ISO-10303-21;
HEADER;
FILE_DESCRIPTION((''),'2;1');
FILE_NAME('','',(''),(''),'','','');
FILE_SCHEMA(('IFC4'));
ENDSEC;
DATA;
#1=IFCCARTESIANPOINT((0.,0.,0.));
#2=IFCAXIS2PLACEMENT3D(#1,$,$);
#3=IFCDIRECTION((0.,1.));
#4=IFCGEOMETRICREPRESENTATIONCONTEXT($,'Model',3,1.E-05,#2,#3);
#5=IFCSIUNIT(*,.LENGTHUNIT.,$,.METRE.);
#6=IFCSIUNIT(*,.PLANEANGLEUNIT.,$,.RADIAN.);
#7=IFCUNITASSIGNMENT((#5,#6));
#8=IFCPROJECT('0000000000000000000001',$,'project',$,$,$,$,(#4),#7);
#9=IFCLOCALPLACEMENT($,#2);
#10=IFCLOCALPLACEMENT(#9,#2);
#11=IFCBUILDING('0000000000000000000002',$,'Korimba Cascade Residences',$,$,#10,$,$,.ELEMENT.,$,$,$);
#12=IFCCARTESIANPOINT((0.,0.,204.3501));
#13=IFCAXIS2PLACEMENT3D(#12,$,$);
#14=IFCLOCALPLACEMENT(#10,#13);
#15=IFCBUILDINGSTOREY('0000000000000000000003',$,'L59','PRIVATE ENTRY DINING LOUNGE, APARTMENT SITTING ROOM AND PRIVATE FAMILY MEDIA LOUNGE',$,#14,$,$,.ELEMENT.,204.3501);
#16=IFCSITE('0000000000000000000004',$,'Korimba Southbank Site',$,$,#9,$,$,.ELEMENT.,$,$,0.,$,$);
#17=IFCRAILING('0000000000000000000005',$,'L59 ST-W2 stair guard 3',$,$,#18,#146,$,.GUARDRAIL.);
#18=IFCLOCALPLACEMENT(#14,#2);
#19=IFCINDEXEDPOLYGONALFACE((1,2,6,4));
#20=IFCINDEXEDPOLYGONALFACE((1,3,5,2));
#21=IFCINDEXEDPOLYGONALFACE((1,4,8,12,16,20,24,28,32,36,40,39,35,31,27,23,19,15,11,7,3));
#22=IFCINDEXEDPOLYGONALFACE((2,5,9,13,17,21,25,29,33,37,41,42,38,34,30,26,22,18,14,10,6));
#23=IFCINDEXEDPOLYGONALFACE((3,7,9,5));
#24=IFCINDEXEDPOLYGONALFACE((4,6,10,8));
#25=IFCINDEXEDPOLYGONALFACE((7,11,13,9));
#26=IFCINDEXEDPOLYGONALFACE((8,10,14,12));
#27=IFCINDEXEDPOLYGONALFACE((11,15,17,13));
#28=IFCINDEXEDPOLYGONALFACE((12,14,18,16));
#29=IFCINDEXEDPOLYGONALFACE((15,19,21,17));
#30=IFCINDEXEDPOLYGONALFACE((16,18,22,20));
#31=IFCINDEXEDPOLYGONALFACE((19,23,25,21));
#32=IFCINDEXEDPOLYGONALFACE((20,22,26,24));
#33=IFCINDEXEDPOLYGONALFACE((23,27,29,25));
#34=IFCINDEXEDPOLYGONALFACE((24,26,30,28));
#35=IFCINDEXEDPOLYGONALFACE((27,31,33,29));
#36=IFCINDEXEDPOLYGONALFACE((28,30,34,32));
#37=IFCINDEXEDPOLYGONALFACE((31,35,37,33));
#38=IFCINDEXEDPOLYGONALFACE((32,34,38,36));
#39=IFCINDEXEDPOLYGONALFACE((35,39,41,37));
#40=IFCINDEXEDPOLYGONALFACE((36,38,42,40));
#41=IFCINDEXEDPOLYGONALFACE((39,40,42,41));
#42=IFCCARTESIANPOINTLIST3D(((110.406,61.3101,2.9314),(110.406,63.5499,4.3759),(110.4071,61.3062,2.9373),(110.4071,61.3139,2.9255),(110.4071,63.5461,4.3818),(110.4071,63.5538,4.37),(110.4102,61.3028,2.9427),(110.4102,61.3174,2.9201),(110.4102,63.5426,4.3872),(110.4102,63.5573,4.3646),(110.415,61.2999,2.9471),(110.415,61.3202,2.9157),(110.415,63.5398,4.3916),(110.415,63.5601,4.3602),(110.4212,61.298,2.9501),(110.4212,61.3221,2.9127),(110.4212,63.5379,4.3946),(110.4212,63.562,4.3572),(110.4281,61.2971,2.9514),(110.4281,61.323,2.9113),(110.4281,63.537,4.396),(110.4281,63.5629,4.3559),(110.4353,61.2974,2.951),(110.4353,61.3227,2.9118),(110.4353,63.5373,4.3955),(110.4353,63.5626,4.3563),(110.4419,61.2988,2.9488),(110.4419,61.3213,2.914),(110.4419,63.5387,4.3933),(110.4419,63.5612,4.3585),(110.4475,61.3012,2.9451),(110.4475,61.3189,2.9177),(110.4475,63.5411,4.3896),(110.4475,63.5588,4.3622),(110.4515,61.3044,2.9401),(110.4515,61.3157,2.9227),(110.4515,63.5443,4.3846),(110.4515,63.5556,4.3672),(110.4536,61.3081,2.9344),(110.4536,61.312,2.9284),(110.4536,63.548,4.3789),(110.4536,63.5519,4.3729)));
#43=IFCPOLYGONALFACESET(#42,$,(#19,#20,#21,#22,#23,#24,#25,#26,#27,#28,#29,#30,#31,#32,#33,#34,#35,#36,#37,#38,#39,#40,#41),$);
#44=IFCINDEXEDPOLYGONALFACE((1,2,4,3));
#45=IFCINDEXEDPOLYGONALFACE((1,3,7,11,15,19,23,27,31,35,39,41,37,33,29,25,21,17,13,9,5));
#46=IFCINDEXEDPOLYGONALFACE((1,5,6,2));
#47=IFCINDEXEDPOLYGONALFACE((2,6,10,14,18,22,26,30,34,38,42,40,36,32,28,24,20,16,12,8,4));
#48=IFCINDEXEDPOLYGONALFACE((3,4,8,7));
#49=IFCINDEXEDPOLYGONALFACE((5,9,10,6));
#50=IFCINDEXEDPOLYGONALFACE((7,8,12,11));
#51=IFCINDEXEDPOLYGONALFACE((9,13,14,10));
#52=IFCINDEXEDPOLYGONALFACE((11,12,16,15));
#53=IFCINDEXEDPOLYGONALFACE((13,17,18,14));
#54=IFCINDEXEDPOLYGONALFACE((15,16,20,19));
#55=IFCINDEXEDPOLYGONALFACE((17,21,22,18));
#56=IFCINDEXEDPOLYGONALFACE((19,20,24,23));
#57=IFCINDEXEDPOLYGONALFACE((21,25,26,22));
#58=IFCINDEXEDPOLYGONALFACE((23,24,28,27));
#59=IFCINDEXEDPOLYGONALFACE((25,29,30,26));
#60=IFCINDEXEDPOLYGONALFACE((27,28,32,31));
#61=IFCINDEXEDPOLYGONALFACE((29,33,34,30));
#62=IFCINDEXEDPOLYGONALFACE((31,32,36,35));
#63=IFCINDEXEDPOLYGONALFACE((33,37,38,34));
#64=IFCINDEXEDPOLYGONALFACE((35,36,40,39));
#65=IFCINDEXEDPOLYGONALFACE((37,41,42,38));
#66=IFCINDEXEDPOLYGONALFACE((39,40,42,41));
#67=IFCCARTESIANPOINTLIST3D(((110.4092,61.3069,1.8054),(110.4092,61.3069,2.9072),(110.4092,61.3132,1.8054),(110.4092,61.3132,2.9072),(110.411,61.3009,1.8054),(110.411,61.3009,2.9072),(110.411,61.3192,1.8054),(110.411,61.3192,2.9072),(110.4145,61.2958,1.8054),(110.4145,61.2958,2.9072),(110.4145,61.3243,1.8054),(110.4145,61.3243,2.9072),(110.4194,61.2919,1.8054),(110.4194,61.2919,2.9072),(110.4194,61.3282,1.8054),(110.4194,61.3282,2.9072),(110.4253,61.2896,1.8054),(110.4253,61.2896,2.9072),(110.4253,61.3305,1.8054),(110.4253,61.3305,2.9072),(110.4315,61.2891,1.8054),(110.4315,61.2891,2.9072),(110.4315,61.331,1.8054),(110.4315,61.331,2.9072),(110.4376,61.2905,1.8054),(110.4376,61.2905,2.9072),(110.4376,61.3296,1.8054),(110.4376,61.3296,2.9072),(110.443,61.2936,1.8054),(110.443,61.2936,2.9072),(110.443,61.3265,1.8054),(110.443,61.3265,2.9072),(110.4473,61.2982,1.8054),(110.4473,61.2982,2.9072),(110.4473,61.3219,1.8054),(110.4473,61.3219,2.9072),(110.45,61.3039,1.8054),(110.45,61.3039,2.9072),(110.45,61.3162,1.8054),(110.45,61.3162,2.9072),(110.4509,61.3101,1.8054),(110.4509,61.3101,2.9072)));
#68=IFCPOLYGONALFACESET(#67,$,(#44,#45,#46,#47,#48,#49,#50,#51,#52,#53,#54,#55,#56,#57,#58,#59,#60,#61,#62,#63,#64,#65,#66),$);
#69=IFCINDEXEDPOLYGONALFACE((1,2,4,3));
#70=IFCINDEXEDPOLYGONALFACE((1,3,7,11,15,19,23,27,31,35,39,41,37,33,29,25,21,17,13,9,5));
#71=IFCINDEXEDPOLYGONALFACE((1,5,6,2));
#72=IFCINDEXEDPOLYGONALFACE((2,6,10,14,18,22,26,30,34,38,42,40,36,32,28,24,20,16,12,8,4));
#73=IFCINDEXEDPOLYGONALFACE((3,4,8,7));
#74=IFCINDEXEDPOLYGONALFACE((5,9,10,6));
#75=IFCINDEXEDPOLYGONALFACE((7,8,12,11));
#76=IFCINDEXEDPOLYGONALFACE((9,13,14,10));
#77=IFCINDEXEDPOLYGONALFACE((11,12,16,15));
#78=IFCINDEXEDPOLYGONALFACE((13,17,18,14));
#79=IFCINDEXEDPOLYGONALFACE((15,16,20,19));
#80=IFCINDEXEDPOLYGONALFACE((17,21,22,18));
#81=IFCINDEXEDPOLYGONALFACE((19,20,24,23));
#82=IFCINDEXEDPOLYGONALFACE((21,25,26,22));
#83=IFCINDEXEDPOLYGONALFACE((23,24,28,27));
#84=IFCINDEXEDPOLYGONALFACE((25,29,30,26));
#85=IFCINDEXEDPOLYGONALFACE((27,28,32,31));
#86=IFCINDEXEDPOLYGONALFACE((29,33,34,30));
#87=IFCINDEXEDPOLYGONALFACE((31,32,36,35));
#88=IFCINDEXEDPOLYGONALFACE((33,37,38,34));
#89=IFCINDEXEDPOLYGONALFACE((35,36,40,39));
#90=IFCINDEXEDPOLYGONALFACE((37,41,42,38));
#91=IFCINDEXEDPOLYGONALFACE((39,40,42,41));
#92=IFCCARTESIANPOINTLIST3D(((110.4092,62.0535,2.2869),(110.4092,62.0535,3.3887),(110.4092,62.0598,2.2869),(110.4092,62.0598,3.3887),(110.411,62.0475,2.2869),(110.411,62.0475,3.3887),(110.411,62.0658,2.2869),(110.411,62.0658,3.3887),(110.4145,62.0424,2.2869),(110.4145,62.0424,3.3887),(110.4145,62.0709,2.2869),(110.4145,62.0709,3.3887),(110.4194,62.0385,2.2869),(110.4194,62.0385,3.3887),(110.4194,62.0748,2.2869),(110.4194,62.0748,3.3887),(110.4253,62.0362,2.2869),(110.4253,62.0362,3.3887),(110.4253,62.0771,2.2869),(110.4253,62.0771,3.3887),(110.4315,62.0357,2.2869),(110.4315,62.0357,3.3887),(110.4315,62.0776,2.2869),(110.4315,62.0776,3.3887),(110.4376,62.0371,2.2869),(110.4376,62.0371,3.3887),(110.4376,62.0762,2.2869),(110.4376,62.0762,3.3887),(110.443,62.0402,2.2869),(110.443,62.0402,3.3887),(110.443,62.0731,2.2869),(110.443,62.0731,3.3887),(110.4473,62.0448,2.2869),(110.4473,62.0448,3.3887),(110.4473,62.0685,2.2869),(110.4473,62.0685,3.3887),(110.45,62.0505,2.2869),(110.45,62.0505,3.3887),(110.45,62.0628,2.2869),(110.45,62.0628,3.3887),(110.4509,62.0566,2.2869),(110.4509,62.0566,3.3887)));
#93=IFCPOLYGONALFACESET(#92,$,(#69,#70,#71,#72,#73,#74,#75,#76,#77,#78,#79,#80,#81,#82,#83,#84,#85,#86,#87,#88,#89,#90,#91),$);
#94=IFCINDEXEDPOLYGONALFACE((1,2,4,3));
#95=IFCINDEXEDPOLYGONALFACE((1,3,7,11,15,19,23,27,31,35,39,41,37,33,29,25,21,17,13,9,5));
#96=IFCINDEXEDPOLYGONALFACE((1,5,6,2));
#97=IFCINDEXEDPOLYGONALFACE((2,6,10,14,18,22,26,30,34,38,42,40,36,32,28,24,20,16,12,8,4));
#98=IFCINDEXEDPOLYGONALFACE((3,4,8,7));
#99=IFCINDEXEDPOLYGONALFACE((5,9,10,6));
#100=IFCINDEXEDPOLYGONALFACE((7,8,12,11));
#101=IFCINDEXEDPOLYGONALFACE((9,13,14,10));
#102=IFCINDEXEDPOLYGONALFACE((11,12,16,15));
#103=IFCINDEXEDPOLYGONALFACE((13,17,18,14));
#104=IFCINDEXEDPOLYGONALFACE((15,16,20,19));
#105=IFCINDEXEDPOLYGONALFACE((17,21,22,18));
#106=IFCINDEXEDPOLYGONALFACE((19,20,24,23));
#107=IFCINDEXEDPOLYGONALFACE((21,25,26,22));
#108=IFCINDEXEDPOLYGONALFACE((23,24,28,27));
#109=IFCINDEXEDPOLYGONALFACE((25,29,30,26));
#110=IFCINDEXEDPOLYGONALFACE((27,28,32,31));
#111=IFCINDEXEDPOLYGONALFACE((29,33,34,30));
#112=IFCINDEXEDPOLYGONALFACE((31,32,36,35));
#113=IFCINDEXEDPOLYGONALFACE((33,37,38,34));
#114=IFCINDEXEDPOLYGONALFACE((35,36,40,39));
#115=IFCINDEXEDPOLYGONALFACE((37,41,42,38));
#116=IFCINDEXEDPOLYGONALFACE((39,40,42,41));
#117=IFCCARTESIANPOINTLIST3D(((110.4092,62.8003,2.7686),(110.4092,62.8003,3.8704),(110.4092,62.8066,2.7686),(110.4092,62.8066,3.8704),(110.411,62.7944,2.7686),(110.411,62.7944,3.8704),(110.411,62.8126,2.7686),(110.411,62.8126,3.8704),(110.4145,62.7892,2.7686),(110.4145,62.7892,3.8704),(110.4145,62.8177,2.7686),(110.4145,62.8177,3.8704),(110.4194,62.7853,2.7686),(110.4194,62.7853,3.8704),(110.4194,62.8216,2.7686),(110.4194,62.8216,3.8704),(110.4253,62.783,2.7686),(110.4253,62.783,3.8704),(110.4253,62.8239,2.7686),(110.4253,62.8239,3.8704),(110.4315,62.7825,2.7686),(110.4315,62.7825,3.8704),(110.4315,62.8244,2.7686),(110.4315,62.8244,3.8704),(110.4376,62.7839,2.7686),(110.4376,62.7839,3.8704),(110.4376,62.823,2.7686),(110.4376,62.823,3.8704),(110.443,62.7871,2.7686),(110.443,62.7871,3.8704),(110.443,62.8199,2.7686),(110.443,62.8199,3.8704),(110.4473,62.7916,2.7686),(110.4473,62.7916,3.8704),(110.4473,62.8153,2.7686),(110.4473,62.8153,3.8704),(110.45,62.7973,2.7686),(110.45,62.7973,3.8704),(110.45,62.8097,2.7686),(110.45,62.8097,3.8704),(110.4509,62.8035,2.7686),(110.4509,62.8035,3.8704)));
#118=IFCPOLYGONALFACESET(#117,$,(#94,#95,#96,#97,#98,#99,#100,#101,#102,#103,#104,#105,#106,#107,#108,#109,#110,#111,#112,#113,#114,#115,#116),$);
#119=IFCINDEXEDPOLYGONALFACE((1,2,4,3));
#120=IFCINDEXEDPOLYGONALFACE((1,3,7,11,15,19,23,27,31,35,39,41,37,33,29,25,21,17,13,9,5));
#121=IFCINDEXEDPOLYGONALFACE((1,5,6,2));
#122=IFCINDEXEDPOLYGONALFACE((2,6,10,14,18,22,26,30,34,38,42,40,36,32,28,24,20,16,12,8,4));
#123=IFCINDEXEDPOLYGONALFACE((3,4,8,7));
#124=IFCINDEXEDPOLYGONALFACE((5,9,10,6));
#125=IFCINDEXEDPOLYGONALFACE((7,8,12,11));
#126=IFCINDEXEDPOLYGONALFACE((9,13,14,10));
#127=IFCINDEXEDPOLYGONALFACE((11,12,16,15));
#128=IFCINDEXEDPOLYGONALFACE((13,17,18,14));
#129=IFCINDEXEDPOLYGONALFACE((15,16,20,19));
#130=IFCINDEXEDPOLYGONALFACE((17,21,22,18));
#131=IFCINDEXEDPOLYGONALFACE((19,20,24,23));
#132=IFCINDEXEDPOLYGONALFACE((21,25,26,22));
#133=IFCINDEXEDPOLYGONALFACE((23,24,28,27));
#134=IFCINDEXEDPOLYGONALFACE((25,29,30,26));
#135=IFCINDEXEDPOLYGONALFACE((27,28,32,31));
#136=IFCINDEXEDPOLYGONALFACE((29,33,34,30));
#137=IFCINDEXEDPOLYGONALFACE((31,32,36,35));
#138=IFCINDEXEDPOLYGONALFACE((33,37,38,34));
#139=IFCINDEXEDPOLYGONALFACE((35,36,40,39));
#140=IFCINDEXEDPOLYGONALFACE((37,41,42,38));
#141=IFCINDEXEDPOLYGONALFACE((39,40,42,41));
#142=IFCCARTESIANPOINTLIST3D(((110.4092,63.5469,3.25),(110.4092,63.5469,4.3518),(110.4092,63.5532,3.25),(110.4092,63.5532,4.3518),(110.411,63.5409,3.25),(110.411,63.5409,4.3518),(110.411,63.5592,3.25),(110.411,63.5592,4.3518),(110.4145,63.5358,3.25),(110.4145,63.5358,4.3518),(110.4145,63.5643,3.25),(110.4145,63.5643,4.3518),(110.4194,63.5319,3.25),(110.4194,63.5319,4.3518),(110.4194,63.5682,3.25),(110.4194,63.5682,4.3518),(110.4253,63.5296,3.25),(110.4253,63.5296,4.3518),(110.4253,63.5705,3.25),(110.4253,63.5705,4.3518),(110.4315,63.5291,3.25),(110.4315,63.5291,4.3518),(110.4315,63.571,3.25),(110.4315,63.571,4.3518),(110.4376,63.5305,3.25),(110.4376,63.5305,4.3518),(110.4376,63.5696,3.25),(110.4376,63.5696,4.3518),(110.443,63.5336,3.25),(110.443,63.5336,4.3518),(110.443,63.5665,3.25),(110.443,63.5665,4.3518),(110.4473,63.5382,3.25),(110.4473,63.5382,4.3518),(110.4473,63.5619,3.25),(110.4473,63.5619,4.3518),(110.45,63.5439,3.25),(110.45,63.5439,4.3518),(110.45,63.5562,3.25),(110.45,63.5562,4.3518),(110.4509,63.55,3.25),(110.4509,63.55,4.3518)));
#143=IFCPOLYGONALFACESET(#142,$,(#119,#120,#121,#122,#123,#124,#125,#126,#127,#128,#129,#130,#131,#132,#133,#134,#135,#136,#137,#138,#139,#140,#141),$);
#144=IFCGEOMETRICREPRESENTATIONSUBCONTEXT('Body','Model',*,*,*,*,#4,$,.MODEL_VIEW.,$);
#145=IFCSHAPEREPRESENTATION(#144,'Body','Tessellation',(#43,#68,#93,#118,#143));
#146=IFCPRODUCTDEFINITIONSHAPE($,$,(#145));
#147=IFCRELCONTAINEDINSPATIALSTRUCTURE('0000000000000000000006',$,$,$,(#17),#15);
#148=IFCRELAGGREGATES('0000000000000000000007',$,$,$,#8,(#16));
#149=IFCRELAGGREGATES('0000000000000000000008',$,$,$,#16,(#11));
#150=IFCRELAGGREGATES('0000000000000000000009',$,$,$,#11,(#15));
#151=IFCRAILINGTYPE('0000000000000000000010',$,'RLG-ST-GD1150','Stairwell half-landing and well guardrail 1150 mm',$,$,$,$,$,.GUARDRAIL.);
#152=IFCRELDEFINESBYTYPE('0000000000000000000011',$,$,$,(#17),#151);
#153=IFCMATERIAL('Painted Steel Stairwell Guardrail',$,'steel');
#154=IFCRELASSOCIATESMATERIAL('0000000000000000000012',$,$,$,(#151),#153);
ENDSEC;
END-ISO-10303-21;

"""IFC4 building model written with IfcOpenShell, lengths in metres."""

from ifc_helpers import new_model, si_unit, direction, frame, origin, origin_2d, place, context, subcontext, project, spatial, circle, extrude, material, type_object, element, save


model = new_model("IFC4")

# Units and contexts
model_context = context("Model", 3, precision=1e-05, world=origin(), true_north=direction((0.0, 1.0)))
body_context = subcontext(model_context, "Body", "Model", "MODEL_VIEW")
ifc_project = project(units=[si_unit("LENGTHUNIT", "METRE"), si_unit("PLANEANGLEUNIT", "RADIAN")], contexts=[model_context])

# Site, building, storey
site_placement = place(None, origin())
site = spatial("IfcSite", under=ifc_project, at=site_placement, Name="Korimba Southbank Site", CompositionType="ELEMENT", RefElevation=0.0)
building_placement = place(site_placement, origin())
building = spatial("IfcBuilding", under=site, at=building_placement, Name="Korimba Cascade Residences", CompositionType="ELEMENT")
storey_placement = place(building_placement, frame((0.0, 0.0, 204.3501)))
storey = spatial("IfcBuildingStorey", under=building, at=storey_placement, Name="L59", Description="PRIVATE ENTRY DINING LOUNGE, APARTMENT SITTING ROOM AND PRIVATE FAMILY MEDIA LOUNGE", CompositionType="ELEMENT", Elevation=204.3501)

# Railing
ifc_material_1 = material(Name="Painted Steel Stairwell Guardrail", Category="steel")
railing_type_1 = type_object("IfcRailingType", Name="RLG-ST-GD1150", Description="Stairwell half-landing and well guardrail 1150 mm", PredefinedType="GUARDRAIL", material=ifc_material_1)
railing_1_placement = place(storey_placement, frame((110.4299, 61.3101, 1.8054)))
element("IfcRailing", 1, at=railing_1_placement, inside=storey, type_object=railing_type_1, Name="L59 ST-W2 stair guard 3", PredefinedType="GUARDRAIL", context=body_context, shape_type="SweptSolid", body=[
    extrude(circle(Radius=0.0239, at=origin_2d()), frame((0.0, 0.0, 1.126), z_axis=(0.0, 0.840395, 0.541975), x_axis=(-1.0, 0.0, 0.0)), (0.0, 0.0, 1.0), 2.6653),
    extrude(circle(Radius=0.021, at=origin_2d()), origin(), (0.0, 0.0, 1.0), 1.1018),
    extrude(circle(Radius=0.021, at=origin_2d()), frame((0.0, 0.7466, 0.4814)), (0.0, 0.0, 1.0), 1.1018),
    extrude(circle(Radius=0.021, at=origin_2d()), frame((0.0, 1.4934, 0.9631)), (0.0, 0.0, 1.0), 1.1018),
    extrude(circle(Radius=0.021, at=origin_2d()), frame((0.0, 2.24, 1.4446)), (0.0, 0.0, 1.0), 1.1018),
])

save(model, "model.ifc")
